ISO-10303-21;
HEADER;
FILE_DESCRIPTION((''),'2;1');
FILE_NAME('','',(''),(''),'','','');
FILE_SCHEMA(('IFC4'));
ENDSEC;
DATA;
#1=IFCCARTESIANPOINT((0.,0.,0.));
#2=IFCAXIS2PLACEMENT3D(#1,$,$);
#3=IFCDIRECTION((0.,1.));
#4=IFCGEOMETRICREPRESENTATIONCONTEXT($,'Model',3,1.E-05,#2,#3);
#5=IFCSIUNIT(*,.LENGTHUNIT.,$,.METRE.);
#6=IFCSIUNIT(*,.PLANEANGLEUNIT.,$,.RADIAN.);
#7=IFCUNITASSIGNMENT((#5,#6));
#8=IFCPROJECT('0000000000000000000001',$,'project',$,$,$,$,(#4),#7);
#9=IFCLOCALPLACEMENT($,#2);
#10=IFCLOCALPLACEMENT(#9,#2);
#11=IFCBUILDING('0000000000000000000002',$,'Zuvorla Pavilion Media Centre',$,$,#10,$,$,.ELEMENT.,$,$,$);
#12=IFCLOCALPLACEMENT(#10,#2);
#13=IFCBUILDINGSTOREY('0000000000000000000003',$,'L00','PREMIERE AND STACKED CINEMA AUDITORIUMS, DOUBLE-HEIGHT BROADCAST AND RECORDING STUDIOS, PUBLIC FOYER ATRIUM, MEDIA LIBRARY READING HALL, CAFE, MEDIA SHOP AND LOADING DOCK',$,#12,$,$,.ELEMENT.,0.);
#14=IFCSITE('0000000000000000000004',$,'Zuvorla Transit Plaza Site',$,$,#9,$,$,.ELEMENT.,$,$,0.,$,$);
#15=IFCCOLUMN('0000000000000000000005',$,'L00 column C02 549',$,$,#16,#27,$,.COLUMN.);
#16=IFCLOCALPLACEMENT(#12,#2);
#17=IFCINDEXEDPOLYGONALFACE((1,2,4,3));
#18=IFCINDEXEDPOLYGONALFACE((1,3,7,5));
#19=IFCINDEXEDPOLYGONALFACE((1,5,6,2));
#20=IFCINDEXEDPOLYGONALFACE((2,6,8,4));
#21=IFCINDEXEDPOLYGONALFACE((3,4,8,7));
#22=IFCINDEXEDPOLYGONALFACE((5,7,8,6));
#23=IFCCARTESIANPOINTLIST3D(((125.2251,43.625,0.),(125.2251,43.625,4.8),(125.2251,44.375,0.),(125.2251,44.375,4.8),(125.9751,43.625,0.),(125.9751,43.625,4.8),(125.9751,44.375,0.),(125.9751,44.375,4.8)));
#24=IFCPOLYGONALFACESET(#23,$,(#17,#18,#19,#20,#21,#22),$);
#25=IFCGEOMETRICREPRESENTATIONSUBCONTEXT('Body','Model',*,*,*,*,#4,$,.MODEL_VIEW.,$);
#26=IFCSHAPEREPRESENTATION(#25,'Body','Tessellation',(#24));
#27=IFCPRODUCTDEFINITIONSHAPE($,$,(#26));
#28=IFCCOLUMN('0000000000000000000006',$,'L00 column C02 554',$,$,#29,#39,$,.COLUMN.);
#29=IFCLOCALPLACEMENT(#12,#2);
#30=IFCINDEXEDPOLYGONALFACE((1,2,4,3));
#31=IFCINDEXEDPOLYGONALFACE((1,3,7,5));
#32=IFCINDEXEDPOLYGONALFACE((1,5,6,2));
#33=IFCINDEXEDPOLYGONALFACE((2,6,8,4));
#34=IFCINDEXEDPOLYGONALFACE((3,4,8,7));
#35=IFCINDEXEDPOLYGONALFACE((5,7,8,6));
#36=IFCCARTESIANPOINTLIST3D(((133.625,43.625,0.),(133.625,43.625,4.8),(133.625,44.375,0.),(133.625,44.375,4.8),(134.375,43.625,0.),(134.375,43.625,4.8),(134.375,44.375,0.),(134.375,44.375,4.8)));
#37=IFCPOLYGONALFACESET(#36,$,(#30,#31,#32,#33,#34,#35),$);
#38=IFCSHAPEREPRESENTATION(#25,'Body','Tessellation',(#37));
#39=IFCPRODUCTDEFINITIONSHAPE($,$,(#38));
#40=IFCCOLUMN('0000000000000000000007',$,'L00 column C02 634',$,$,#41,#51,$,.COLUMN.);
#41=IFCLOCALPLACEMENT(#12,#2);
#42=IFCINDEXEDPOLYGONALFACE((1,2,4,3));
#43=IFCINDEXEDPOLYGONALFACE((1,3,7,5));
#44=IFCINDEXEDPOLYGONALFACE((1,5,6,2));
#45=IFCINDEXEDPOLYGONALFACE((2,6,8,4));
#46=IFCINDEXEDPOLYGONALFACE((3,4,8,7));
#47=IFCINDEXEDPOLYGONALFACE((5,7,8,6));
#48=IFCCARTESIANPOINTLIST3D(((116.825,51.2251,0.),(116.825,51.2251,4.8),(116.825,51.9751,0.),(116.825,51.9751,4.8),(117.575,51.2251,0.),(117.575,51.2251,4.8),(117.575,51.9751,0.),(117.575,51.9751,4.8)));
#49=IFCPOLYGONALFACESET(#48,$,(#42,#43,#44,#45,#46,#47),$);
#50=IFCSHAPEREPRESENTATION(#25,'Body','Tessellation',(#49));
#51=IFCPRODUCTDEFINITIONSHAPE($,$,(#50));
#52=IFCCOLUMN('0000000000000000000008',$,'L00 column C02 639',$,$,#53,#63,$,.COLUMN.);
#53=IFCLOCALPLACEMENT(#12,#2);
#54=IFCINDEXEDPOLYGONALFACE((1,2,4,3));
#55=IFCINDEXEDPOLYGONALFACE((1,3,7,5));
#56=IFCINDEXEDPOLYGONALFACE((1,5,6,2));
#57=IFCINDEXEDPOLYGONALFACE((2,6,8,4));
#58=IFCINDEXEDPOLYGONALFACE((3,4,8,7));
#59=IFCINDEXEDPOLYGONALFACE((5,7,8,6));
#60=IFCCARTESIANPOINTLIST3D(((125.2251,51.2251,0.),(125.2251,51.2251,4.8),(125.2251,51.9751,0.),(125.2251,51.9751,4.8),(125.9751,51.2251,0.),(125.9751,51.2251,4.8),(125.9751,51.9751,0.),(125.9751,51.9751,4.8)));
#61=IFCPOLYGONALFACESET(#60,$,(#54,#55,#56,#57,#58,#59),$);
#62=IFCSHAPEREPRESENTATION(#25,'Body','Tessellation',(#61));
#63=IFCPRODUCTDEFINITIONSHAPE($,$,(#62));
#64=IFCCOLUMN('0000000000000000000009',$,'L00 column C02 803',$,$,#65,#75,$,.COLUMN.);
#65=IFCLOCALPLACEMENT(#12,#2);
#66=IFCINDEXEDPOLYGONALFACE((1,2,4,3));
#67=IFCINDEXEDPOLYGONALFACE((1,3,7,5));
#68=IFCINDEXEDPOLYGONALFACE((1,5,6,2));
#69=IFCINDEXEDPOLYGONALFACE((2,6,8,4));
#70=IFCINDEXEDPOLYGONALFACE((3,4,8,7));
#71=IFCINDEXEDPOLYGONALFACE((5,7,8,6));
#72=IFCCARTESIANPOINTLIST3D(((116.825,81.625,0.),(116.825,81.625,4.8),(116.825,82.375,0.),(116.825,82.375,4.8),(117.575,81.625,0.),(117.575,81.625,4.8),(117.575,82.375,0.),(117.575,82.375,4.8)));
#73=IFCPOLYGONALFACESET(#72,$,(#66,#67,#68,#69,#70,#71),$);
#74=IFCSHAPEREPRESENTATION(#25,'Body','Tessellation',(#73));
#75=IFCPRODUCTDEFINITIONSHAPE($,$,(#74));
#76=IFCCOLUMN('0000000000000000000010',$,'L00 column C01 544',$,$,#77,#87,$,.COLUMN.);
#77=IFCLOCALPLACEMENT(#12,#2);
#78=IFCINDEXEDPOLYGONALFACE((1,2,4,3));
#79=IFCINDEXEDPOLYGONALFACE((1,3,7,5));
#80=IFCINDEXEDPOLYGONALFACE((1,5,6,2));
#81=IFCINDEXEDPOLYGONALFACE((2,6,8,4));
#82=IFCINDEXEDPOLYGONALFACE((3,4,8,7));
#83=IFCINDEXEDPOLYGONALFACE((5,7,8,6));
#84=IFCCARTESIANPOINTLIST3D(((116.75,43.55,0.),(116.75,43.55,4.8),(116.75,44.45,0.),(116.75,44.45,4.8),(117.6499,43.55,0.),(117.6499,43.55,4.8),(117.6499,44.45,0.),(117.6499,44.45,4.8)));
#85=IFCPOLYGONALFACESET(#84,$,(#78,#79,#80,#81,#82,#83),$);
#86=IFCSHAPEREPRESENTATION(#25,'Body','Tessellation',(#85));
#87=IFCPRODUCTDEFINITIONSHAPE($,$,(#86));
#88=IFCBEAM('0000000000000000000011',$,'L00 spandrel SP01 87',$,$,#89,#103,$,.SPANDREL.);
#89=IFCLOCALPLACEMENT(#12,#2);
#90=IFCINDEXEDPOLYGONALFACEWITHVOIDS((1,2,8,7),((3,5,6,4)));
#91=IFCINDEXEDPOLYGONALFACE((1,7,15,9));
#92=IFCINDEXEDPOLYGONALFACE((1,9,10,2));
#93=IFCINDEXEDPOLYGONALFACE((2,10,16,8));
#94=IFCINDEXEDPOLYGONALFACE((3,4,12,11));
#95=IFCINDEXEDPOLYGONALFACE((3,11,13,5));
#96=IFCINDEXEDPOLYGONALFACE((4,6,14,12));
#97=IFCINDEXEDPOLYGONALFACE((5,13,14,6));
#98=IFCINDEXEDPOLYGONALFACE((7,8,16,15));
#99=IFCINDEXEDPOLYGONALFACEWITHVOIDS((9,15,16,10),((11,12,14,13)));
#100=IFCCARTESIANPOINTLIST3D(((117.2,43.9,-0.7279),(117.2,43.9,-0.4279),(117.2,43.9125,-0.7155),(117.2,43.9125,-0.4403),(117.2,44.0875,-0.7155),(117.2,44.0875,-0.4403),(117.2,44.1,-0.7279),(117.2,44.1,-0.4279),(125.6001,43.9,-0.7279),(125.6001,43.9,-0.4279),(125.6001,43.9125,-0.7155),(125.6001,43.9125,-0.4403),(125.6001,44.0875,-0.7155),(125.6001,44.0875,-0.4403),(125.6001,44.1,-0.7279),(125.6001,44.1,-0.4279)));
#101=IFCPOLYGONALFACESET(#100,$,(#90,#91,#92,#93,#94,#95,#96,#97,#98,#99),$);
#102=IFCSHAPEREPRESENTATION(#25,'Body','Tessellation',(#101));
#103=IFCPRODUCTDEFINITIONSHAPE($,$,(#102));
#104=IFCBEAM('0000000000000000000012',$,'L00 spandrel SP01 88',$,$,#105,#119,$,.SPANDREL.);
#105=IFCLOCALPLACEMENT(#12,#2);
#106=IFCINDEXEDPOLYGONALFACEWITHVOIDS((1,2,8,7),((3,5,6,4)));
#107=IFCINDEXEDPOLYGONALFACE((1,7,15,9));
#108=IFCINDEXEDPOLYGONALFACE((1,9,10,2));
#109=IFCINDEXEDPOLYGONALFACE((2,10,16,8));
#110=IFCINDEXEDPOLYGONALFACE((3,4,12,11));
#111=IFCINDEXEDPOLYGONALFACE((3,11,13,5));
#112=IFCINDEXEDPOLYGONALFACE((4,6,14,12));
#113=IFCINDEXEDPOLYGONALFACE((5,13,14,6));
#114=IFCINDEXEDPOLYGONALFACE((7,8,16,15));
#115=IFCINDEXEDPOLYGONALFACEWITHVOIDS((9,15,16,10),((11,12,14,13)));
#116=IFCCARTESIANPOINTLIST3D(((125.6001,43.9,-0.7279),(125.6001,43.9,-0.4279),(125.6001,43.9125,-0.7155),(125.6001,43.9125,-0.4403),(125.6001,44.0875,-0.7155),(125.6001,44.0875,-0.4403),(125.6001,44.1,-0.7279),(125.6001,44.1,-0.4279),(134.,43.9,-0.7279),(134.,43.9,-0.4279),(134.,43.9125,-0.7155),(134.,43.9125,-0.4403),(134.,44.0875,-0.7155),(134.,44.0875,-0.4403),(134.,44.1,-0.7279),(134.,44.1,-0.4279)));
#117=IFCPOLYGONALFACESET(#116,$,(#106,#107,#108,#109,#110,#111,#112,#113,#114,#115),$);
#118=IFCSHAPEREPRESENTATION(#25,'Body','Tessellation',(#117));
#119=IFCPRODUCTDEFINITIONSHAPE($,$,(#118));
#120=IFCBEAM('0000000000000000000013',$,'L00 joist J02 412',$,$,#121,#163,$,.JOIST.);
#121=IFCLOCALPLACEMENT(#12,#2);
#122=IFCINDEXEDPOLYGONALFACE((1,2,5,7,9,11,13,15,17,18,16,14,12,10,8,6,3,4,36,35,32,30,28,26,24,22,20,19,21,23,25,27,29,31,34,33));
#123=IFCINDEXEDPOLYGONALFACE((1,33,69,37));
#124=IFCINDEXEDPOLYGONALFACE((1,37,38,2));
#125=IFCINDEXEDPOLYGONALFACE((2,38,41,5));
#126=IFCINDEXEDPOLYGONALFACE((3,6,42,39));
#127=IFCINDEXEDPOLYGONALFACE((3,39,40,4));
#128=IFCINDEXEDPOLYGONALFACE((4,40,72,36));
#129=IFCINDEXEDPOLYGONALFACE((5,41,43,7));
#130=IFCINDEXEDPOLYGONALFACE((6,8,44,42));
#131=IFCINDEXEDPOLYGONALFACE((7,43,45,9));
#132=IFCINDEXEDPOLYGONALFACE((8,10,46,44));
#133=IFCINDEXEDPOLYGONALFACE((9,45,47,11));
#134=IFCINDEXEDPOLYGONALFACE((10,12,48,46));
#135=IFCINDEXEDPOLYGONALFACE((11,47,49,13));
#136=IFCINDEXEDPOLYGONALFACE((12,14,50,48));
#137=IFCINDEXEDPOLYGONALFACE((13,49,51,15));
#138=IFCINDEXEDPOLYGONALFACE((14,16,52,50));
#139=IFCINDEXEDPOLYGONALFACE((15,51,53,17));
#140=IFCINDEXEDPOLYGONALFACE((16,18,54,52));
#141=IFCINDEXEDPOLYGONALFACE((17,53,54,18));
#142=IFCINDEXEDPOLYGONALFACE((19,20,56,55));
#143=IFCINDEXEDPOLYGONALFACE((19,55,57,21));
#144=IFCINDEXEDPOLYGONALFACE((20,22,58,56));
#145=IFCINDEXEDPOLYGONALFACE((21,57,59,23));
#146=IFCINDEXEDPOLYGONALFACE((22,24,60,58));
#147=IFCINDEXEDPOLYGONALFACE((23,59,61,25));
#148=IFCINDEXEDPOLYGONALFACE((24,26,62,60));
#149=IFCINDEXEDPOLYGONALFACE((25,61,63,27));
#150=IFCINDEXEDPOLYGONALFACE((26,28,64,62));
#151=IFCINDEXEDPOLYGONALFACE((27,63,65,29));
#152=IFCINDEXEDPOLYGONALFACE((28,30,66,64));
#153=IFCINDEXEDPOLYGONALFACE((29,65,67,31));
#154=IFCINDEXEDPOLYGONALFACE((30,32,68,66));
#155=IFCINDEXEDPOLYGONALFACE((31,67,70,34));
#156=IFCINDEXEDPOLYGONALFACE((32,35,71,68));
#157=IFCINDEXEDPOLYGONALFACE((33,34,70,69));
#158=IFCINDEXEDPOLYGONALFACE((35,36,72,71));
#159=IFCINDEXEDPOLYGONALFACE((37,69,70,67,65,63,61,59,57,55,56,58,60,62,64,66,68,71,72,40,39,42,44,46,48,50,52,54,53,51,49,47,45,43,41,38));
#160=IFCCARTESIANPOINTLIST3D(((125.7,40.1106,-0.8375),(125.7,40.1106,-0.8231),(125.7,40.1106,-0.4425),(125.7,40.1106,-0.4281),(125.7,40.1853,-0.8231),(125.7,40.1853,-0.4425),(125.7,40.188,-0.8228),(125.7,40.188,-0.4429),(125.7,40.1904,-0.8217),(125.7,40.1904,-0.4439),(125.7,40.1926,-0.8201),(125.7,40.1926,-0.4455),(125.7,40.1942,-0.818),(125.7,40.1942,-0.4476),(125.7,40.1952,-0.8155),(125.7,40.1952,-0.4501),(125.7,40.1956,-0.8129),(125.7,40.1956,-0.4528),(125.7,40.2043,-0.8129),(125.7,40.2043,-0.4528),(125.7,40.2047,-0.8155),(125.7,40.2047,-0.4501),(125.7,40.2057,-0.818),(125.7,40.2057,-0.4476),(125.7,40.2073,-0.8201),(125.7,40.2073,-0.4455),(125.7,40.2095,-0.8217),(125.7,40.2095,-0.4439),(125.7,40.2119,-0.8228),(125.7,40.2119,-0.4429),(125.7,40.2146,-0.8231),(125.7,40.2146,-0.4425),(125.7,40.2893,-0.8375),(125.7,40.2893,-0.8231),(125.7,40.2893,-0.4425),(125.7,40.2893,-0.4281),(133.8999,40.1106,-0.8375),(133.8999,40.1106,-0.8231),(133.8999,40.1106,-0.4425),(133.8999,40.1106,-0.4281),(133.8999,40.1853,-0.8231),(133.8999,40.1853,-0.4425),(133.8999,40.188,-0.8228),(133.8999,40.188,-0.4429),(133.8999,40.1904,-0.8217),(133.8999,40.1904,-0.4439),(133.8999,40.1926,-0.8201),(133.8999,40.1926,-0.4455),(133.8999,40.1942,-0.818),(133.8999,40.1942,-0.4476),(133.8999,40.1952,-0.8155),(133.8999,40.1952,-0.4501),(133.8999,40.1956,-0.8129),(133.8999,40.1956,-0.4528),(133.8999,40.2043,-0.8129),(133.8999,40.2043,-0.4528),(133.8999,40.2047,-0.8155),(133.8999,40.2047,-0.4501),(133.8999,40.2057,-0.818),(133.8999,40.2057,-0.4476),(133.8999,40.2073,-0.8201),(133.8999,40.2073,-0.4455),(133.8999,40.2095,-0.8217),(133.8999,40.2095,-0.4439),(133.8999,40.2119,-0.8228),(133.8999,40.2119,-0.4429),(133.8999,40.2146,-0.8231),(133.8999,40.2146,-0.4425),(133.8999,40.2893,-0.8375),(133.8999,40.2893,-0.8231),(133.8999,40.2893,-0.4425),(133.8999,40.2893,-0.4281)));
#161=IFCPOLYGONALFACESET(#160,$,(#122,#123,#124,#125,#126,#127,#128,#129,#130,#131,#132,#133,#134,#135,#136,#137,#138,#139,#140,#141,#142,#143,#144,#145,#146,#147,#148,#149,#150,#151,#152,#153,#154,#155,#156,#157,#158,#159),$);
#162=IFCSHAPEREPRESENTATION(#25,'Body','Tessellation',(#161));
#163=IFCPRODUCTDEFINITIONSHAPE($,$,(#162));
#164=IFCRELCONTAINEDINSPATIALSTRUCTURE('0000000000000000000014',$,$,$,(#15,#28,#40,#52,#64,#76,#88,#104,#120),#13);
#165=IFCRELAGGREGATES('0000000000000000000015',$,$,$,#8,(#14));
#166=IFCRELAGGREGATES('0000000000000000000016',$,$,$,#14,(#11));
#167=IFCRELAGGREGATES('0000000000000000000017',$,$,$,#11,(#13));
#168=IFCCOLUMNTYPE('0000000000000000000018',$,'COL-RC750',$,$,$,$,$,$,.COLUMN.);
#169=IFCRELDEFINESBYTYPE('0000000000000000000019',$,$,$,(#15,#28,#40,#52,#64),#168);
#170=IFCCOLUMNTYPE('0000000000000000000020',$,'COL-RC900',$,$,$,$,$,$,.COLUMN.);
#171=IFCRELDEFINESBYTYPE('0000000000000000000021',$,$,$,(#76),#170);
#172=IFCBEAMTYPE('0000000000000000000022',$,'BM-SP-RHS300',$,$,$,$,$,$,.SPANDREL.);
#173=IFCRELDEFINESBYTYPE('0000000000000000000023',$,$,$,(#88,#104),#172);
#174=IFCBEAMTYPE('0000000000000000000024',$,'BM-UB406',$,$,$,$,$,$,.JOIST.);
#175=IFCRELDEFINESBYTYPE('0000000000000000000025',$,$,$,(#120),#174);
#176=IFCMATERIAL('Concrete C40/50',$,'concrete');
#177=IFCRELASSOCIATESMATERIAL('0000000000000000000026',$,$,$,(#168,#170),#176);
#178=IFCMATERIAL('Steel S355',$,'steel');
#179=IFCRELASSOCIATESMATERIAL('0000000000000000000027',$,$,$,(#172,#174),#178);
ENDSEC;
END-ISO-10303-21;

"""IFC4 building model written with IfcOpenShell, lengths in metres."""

from ifc_helpers import new_model, si_unit, direction, frame, origin, origin_2d, place, context, subcontext, project, spatial, rectangle, hollow_rectangle, i_section, extrude, material, material_profile, profile_set, type_object, element, save


model = new_model("IFC4")

# Units and contexts
model_context = context("Model", 3, precision=1e-05, world=origin(), true_north=direction((0.0, 1.0)))
body_context = subcontext(model_context, "Body", "Model", "MODEL_VIEW")
ifc_project = project(units=[si_unit("LENGTHUNIT", "METRE"), si_unit("PLANEANGLEUNIT", "RADIAN")], contexts=[model_context])

# Site, building, storey
site_placement = place(None, origin())
site = spatial("IfcSite", under=ifc_project, at=site_placement, Name="Zuvorla Transit Plaza Site", CompositionType="ELEMENT", RefElevation=0.0)
building_placement = place(site_placement, origin())
building = spatial("IfcBuilding", under=site, at=building_placement, Name="Zuvorla Pavilion Media Centre", CompositionType="ELEMENT")
storey_placement = place(building_placement, origin())
storey = spatial("IfcBuildingStorey", under=building, at=storey_placement, Name="L00", Description="PREMIERE AND STACKED CINEMA AUDITORIUMS, DOUBLE-HEIGHT BROADCAST AND RECORDING STUDIOS, PUBLIC FOYER ATRIUM, MEDIA LIBRARY READING HALL, CAFE, MEDIA SHOP AND LOADING DOCK", CompositionType="ELEMENT", Elevation=0.0)

# Columns
ifc_material_1 = material(Name="Concrete C40/50", Category="concrete")
ifc_material_profile_1 = material_profile(ifc_material_1, rectangle(XDim=0.75, YDim=0.75, at=origin_2d()), Name="RC 750x750")
ifc_profile_set_1 = profile_set([ifc_material_profile_1], Name="Concrete C40/50")
column_type_1 = type_object("IfcColumnType", Name="COL-RC750", PredefinedType="COLUMN", material=ifc_profile_set_1)
for number, where, z_axis, x_axis, name in (
    (1, (125.6001, 44.0, 0.0), (0.0, 0.0, 1.0), (1.0, 0.0, 0.0), "L00 column C02 549"),
    (2, (134.0, 44.0, 0.0), (0.0, 0.0, 1.0), (1.0, 0.0, 0.0), "L00 column C02 554"),
    (3, (117.2, 51.6001, 0.0), (0.0, 0.0, 1.0), (1.0, 0.0, 0.0), "L00 column C02 634"),
    (4, (125.6001, 51.6001, 0.0), (0.0, 0.0, 1.0), (1.0, 0.0, 0.0), "L00 column C02 639"),
    (5, (117.2, 82.0, 0.0), (0.0, 0.0, 1.0), (1.0, 0.0, 0.0), "L00 column C02 803"),
):
    element("IfcColumn", number, at=place(storey_placement, frame(where, z_axis=z_axis, x_axis=x_axis)), inside=storey, type_object=column_type_1, Name=name, PredefinedType="COLUMN", context=body_context, shape_type="SweptSolid", body=[
        extrude(rectangle(XDim=0.75, YDim=0.75, at=origin_2d()), origin(), (0.0, 0.0, 1.0), 4.8),
    ])
ifc_material_profile_2 = material_profile(ifc_material_1, rectangle(XDim=0.8999, YDim=0.8999, at=origin_2d()), Name="RC 900x900")
ifc_profile_set_2 = profile_set([ifc_material_profile_2], Name="Concrete C40/50")
column_type_2 = type_object("IfcColumnType", Name="COL-RC900", PredefinedType="COLUMN", material=ifc_profile_set_2)
column_placement = place(storey_placement, frame((117.2, 44.0, 0.0), z_axis=(0.0, 0.0, 1.0), x_axis=(1.0, 0.0, 0.0)))
element("IfcColumn", 6, at=column_placement, inside=storey, type_object=column_type_2, Name="L00 column C01 544", PredefinedType="COLUMN", context=body_context, shape_type="SweptSolid", body=[
    extrude(rectangle(XDim=0.8999, YDim=0.8999, at=origin_2d()), origin(), (0.0, 0.0, 1.0), 4.8),
])

# Beams
ifc_material_2 = material(Name="Steel S355", Category="steel")
ifc_material_profile_3 = material_profile(ifc_material_2, hollow_rectangle(XDim=0.2, YDim=0.3, WallThickness=0.0125, at=origin_2d()), Name="RHS 300x200x12.5")
ifc_profile_set_3 = profile_set([ifc_material_profile_3], Name="Steel S355")
beam_type_1 = type_object("IfcBeamType", Name="BM-SP-RHS300", PredefinedType="SPANDREL", material=ifc_profile_set_3)
beam_1_placement = place(storey_placement, frame((117.2, 44.0, -0.5779), z_axis=(1.0, 0.0, 0.0), x_axis=(0.0, 1.0, 0.0)))
element("IfcBeam", 7, at=beam_1_placement, inside=storey, type_object=beam_type_1, Name="L00 spandrel SP01 87", PredefinedType="SPANDREL", context=body_context, shape_type="SweptSolid", body=[
    extrude(hollow_rectangle(XDim=0.2, YDim=0.3, WallThickness=0.0125, at=origin_2d()), origin(), (0.0, 0.0, 1.0), 8.4001),
])
beam_2_placement = place(storey_placement, frame((125.6001, 44.0, -0.5779), z_axis=(1.0, 0.0, 0.0), x_axis=(0.0, 1.0, 0.0)))
element("IfcBeam", 8, at=beam_2_placement, inside=storey, type_object=beam_type_1, Name="L00 spandrel SP01 88", PredefinedType="SPANDREL", context=body_context, shape_type="SweptSolid", body=[
    extrude(hollow_rectangle(XDim=0.2, YDim=0.3, WallThickness=0.0125, at=origin_2d()), origin(), (0.0, 0.0, 1.0), 8.3999),
])
ifc_material_profile_4 = material_profile(ifc_material_2, i_section(OverallWidth=0.1787, OverallDepth=0.4094, WebThickness=0.0088, FlangeThickness=0.0144, FilletRadius=0.0103, at=origin_2d()), Name="UB 406x178x67")
ifc_profile_set_4 = profile_set([ifc_material_profile_4], Name="Steel S355")
beam_type_2 = type_object("IfcBeamType", Name="BM-UB406", PredefinedType="JOIST", material=ifc_profile_set_4)
beam_3_placement = place(storey_placement, frame((125.7, 40.2, -0.6328), z_axis=(1.0, 0.0, 0.0), x_axis=(0.0, 1.0, 0.0)))
element("IfcBeam", 9, at=beam_3_placement, inside=storey, type_object=beam_type_2, Name="L00 joist J02 412", PredefinedType="JOIST", context=body_context, shape_type="SweptSolid", body=[
    extrude(i_section(OverallWidth=0.1787, OverallDepth=0.4094, WebThickness=0.0088, FlangeThickness=0.0144, FilletRadius=0.0103, at=origin_2d()), origin(), (0.0, 0.0, 1.0), 8.2),
])

save(model, "model.ifc")
